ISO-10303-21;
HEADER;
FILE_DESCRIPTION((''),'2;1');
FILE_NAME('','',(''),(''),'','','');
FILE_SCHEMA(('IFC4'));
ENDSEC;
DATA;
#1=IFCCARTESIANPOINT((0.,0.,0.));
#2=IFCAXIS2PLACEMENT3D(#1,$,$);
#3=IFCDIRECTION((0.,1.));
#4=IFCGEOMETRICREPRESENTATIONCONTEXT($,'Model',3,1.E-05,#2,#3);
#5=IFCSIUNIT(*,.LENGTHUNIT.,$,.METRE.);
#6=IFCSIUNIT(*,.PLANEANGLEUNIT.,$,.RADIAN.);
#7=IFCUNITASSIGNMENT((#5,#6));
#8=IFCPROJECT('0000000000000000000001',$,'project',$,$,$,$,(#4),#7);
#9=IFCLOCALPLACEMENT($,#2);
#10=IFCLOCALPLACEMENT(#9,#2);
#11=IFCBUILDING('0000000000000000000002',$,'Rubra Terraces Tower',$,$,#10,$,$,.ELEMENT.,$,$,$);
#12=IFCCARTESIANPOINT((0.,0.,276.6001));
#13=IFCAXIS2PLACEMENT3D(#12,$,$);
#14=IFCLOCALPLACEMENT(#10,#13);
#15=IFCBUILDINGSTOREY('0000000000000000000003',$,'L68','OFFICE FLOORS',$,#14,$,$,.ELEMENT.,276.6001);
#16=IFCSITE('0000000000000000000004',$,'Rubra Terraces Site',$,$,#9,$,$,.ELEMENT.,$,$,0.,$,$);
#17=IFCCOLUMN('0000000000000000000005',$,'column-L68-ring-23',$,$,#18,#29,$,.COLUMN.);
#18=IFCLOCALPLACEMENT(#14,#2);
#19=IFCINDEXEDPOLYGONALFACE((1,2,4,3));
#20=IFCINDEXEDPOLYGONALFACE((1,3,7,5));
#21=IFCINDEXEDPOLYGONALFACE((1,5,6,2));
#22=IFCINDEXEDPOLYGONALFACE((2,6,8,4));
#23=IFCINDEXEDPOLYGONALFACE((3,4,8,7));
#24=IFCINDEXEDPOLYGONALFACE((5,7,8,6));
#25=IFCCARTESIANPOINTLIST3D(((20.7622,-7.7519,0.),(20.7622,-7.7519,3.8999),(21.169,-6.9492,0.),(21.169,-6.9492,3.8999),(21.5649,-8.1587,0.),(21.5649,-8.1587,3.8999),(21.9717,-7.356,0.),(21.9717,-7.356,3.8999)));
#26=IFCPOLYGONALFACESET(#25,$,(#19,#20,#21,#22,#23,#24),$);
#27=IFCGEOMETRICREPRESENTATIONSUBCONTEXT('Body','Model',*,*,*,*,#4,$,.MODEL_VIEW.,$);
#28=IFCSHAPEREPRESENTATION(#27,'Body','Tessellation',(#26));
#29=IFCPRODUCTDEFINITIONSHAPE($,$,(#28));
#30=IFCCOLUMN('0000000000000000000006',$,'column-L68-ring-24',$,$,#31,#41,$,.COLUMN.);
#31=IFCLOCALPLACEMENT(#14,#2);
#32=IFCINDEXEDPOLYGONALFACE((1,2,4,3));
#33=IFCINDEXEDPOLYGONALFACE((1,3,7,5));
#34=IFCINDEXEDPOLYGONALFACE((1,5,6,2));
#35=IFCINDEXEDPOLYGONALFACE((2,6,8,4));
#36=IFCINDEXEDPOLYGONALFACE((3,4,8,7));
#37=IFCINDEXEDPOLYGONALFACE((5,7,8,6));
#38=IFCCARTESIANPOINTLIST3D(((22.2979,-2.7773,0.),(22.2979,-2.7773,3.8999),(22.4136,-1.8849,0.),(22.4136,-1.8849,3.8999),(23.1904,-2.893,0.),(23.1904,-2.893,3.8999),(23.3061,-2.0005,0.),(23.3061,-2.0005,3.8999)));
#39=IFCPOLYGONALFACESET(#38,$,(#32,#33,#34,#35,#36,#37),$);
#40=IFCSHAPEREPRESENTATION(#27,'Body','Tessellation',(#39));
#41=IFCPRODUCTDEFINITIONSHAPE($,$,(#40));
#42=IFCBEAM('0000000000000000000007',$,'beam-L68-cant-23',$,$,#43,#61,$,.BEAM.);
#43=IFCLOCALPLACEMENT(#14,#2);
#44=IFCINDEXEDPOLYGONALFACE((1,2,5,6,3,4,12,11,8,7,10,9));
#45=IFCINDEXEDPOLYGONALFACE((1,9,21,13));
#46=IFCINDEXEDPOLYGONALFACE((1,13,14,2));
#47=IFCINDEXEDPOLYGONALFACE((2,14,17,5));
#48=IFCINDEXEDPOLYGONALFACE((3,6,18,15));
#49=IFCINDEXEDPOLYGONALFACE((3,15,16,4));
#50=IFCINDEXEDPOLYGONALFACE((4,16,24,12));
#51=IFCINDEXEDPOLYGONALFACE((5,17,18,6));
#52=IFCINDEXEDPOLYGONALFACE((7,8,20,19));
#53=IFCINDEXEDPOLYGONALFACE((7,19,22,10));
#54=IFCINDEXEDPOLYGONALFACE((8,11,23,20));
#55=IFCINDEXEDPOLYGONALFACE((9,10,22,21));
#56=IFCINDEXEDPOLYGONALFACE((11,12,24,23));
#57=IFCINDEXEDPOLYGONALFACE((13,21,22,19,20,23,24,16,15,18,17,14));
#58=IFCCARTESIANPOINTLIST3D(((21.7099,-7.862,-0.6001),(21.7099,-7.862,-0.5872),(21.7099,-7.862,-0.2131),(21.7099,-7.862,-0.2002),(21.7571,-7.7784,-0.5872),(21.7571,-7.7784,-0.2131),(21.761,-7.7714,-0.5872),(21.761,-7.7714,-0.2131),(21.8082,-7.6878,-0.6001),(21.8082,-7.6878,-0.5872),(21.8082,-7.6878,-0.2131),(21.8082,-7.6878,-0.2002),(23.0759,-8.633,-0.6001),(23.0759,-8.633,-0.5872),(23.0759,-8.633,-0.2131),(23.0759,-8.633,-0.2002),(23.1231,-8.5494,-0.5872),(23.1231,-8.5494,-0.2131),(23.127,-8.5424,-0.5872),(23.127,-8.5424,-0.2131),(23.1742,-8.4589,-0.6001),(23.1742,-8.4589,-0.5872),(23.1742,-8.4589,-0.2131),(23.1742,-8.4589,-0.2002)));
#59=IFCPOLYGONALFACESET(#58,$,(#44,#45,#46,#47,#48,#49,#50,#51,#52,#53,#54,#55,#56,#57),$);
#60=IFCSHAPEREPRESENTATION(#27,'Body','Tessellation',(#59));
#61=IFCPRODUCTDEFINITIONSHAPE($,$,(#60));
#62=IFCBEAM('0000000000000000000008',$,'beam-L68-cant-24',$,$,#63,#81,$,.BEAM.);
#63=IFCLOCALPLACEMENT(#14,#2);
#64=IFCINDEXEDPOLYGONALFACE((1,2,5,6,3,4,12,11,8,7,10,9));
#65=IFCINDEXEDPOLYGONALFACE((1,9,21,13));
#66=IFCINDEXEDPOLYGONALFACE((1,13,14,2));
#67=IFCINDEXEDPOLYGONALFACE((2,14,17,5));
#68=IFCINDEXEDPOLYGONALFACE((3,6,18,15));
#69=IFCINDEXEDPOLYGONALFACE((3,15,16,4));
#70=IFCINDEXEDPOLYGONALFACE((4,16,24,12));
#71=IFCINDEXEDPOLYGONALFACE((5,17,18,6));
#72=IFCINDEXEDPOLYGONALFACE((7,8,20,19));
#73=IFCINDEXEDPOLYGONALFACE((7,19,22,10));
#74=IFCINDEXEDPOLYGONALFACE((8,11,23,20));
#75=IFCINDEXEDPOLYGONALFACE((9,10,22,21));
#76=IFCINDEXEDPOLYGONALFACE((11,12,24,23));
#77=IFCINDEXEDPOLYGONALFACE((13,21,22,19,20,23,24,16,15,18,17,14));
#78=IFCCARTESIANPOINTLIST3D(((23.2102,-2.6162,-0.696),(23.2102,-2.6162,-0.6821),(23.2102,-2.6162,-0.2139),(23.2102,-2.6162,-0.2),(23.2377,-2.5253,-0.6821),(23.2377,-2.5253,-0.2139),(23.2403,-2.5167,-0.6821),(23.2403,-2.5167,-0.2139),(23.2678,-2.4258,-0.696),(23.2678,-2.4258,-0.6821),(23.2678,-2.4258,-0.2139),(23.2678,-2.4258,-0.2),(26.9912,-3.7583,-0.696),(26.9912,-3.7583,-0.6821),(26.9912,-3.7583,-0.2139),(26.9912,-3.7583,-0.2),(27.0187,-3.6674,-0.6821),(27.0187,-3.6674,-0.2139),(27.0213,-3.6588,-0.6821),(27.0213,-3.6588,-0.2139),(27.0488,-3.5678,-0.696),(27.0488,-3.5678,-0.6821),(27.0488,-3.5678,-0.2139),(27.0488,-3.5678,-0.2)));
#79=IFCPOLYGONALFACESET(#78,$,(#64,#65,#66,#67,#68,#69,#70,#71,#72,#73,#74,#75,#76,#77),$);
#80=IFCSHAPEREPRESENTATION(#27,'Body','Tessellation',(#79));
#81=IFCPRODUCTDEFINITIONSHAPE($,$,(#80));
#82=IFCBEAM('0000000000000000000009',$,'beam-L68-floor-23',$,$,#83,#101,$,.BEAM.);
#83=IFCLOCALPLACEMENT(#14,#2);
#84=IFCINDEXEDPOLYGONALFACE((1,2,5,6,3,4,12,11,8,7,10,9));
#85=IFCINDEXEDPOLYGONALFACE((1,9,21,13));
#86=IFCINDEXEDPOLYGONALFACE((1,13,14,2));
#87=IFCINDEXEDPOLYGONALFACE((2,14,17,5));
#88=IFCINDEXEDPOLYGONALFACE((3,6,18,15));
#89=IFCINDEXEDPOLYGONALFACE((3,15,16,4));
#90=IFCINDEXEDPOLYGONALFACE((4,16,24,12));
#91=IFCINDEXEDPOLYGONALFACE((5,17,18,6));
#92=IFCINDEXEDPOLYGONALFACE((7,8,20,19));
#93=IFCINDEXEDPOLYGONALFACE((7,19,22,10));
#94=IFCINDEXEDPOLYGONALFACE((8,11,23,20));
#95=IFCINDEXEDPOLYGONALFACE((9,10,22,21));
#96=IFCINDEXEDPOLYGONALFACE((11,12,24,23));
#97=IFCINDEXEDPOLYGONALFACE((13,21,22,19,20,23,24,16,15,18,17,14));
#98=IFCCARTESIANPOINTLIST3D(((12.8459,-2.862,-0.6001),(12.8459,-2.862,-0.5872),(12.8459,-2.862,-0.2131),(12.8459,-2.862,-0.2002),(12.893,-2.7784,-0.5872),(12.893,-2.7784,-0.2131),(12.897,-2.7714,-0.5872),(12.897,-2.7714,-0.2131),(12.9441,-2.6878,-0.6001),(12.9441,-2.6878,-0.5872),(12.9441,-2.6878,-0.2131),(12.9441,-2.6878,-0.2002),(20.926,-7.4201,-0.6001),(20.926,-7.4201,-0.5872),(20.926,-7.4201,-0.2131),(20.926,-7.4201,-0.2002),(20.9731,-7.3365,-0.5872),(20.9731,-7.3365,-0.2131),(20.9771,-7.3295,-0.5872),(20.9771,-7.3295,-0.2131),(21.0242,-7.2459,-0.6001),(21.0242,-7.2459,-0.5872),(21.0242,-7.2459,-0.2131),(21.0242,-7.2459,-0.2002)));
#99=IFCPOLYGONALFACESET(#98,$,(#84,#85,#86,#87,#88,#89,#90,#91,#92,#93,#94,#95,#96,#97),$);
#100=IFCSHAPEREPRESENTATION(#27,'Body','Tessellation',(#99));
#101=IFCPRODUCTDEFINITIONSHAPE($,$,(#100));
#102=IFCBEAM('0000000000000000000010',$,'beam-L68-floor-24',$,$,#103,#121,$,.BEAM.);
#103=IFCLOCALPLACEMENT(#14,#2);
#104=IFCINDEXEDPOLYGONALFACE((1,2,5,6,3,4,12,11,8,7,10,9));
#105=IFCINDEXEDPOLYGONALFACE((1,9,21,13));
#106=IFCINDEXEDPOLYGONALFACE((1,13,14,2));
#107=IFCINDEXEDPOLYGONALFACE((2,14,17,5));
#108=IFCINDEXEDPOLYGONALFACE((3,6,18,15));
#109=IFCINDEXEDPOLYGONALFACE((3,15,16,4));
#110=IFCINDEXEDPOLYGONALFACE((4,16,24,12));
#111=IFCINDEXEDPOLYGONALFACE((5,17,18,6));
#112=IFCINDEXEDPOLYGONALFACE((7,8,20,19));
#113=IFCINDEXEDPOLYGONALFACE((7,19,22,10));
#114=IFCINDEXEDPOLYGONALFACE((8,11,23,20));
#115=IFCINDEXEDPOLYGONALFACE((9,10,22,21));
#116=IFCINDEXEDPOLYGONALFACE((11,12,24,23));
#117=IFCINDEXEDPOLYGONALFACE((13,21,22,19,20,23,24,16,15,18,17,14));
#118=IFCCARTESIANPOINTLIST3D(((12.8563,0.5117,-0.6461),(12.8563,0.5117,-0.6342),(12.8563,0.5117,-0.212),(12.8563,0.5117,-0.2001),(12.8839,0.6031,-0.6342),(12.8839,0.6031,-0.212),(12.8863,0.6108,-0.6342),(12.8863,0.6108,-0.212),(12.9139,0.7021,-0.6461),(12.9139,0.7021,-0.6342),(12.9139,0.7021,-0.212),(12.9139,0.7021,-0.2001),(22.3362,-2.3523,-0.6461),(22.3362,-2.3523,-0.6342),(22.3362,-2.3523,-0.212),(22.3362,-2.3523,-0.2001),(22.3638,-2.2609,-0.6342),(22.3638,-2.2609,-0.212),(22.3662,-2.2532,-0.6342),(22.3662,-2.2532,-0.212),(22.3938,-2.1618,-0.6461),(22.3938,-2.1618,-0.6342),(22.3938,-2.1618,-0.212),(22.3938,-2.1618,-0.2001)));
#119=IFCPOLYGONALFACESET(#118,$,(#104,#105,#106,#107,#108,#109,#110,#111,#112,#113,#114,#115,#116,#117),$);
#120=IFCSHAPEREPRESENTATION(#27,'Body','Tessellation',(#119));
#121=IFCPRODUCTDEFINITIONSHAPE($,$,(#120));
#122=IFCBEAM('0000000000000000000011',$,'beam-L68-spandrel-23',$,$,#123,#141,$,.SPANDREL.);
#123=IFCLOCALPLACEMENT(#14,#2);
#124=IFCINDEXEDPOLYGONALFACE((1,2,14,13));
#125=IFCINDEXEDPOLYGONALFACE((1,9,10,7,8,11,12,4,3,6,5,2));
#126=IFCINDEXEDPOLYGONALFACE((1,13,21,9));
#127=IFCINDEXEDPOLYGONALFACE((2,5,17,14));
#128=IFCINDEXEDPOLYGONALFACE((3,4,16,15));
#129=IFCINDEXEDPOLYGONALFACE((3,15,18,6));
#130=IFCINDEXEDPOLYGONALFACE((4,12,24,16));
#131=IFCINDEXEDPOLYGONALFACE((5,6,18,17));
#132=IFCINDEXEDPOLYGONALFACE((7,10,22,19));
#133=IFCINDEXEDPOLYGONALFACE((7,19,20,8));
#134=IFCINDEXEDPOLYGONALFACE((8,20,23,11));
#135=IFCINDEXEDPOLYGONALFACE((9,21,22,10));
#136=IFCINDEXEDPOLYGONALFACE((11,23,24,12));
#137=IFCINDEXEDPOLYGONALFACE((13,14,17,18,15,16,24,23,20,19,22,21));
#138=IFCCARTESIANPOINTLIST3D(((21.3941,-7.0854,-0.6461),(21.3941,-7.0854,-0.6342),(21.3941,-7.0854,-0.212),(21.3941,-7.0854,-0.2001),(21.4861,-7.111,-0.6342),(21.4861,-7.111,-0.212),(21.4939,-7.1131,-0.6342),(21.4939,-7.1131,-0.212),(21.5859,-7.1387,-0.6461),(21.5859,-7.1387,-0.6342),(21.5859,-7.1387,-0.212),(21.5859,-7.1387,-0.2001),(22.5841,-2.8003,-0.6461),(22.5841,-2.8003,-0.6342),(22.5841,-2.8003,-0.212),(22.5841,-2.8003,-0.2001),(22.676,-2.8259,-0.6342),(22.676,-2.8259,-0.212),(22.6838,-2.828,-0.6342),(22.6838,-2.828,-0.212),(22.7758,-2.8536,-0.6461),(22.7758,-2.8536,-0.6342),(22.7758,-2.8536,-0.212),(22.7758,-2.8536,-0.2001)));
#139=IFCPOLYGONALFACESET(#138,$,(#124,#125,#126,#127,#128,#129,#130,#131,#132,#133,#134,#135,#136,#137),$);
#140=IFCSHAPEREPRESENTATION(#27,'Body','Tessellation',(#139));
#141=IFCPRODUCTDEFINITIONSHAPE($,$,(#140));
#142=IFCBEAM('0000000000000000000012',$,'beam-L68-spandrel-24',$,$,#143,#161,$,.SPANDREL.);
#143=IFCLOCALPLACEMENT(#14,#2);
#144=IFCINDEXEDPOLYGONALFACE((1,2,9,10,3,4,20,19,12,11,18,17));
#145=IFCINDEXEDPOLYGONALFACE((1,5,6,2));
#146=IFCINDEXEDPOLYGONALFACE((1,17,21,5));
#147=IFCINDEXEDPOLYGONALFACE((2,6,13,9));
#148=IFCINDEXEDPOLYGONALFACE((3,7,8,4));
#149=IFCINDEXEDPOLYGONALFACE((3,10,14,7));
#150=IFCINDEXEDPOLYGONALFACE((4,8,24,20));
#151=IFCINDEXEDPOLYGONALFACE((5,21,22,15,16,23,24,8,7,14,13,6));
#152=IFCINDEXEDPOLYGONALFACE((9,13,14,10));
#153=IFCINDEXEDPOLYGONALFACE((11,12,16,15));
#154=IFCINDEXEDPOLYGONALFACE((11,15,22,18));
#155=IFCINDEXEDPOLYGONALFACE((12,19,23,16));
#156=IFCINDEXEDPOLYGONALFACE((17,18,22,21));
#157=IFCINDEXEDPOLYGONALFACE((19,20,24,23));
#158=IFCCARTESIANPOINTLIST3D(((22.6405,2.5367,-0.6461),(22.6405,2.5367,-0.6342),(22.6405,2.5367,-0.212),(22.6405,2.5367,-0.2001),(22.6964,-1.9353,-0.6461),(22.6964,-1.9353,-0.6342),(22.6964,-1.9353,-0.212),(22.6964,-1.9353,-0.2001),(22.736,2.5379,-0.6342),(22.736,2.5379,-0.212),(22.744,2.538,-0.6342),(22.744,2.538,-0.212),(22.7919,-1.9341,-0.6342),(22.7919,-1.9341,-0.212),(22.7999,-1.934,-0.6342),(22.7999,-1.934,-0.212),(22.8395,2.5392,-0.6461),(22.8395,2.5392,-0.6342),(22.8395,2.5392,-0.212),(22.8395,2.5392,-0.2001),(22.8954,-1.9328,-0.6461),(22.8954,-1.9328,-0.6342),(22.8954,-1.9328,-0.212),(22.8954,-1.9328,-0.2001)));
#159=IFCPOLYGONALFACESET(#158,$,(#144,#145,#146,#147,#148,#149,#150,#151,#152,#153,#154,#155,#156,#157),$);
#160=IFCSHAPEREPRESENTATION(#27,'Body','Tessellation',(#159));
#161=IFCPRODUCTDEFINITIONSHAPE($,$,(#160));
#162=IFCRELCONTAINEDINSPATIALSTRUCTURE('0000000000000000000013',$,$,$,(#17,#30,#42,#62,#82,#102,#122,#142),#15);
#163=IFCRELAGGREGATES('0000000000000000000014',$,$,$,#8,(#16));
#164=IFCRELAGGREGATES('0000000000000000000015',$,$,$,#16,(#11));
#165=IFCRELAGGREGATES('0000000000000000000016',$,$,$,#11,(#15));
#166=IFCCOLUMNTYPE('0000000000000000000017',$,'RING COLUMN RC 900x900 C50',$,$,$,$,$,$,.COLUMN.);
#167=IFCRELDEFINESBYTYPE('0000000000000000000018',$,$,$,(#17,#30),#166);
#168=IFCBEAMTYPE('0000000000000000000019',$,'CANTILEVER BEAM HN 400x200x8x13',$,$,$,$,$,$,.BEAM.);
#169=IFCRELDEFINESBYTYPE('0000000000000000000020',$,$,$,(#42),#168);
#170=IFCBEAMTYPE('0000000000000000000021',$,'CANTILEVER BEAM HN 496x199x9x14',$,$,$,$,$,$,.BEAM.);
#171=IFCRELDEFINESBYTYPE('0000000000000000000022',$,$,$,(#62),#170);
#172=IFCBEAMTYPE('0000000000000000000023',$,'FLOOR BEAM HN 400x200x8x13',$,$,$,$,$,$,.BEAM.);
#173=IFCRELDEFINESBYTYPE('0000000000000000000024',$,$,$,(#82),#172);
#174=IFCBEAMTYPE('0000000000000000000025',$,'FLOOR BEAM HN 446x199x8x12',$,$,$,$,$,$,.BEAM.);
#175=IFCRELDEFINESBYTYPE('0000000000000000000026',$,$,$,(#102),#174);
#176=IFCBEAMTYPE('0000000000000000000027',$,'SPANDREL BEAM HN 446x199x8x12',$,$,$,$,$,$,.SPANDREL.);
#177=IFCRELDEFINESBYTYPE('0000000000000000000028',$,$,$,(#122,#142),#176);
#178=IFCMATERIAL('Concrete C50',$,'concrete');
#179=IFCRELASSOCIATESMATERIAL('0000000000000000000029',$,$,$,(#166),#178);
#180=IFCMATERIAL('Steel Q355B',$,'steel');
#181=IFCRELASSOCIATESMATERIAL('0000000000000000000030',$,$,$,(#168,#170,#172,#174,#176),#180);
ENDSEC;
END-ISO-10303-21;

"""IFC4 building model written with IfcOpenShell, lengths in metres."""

from ifc_helpers import new_model, si_unit, direction, frame, origin, origin_2d, place, context, subcontext, project, spatial, rectangle, i_section, extrude, material, material_profile, profile_set, type_object, element, save


model = new_model("IFC4")

# Units and contexts
model_context = context("Model", 3, precision=1e-05, world=origin(), true_north=direction((0.0, 1.0)))
body_context = subcontext(model_context, "Body", "Model", "MODEL_VIEW")
ifc_project = project(units=[si_unit("LENGTHUNIT", "METRE"), si_unit("PLANEANGLEUNIT", "RADIAN")], contexts=[model_context])

# Site, building, storey
site_placement = place(None, origin())
site = spatial("IfcSite", under=ifc_project, at=site_placement, Name="Rubra Terraces Site", CompositionType="ELEMENT", RefElevation=0.0)
building_placement = place(site_placement, origin())
building = spatial("IfcBuilding", under=site, at=building_placement, Name="Rubra Terraces Tower", CompositionType="ELEMENT")
storey_placement = place(building_placement, frame((0.0, 0.0, 276.6001)))
storey = spatial("IfcBuildingStorey", under=building, at=storey_placement, Name="L68", Description="OFFICE FLOORS", CompositionType="ELEMENT", Elevation=276.6001)

# Columns
ifc_material_1 = material(Name="Concrete C50", Category="concrete")
ifc_material_profile_1 = material_profile(ifc_material_1, rectangle(XDim=0.8999, YDim=0.8999, at=origin_2d()), Name="RC 900x900")
ifc_profile_set_1 = profile_set([ifc_material_profile_1], Name="Concrete C50")
column_type = type_object("IfcColumnType", Name="RING COLUMN RC 900x900 C50", PredefinedType="COLUMN", material=ifc_profile_set_1)
for number, where, z_axis, x_axis, name in (
    (1, (21.3669, -7.554, 0.0), (0.0, 0.0, 1.0), (0.452079, 0.891978, 0.0), "column-L68-ring-23"),
    (2, (22.802, -2.3889, 0.0), (0.0, 0.0, 1.0), (0.128535, 0.991705, 0.0), "column-L68-ring-24"),
):
    element("IfcColumn", number, at=place(storey_placement, frame(where, z_axis=z_axis, x_axis=x_axis)), inside=storey, type_object=column_type, Name=name, PredefinedType="COLUMN", context=body_context, shape_type="SweptSolid", body=[
        extrude(rectangle(XDim=0.8999, YDim=0.8999, at=origin_2d()), origin(), (0.0, 0.0, 1.0), 3.8999),
    ])

# Beams
ifc_material_2 = material(Name="Steel Q355B", Category="steel")
ifc_material_profile_2 = material_profile(ifc_material_2, i_section(OverallWidth=0.2, OverallDepth=0.3999, WebThickness=0.0081, FlangeThickness=0.0129, at=origin_2d()), Name="HN 400x200x8x13")
ifc_profile_set_2 = profile_set([ifc_material_profile_2], Name="Steel Q355B")
beam_type_1 = type_object("IfcBeamType", Name="CANTILEVER BEAM HN 400x200x8x13", PredefinedType="BEAM", material=ifc_profile_set_2)
beam_1_placement = place(storey_placement, frame((21.759, -7.7749, -0.4001), z_axis=(0.870855, -0.491539, 0.0), x_axis=(0.491539, 0.870855, 0.0)))
element("IfcBeam", 3, at=beam_1_placement, inside=storey, type_object=beam_type_1, Name="beam-L68-cant-23", PredefinedType="BEAM", context=body_context, shape_type="SweptSolid", body=[
    extrude(i_section(OverallWidth=0.2, OverallDepth=0.3999, WebThickness=0.0081, FlangeThickness=0.0129, at=origin_2d()), origin(), (0.0, 0.0, 1.0), 1.5686),
])
ifc_material_profile_3 = material_profile(ifc_material_2, i_section(OverallWidth=0.199, OverallDepth=0.4961, WebThickness=0.009, FlangeThickness=0.0139, at=origin_2d()), Name="HN 496x199x9x14")
ifc_profile_set_3 = profile_set([ifc_material_profile_3], Name="Steel Q355B")
beam_type_2 = type_object("IfcBeamType", Name="CANTILEVER BEAM HN 496x199x9x14", PredefinedType="BEAM", material=ifc_profile_set_3)
beam_2_placement = place(storey_placement, frame((23.239, -2.521, -0.448), z_axis=(0.957282, -0.289156, 0.0), x_axis=(0.289156, 0.957282, 0.0)))
element("IfcBeam", 4, at=beam_2_placement, inside=storey, type_object=beam_type_2, Name="beam-L68-cant-24", PredefinedType="BEAM", context=body_context, shape_type="SweptSolid", body=[
    extrude(i_section(OverallWidth=0.199, OverallDepth=0.4961, WebThickness=0.009, FlangeThickness=0.0139, at=origin_2d()), origin(), (0.0, 0.0, 1.0), 3.9497),
])
ifc_material_profile_4 = material_profile(ifc_material_2, i_section(OverallWidth=0.2, OverallDepth=0.3999, WebThickness=0.0081, FlangeThickness=0.0129, at=origin_2d()), Name="HN 400x200x8x13")
ifc_profile_set_4 = profile_set([ifc_material_profile_4], Name="Steel Q355B")
beam_type_3 = type_object("IfcBeamType", Name="FLOOR BEAM HN 400x200x8x13", PredefinedType="BEAM", material=ifc_profile_set_4)
beam_3_placement = place(storey_placement, frame((20.9751, -7.333, -0.4001), z_axis=(-0.870973, 0.49133, 0.0), x_axis=(-0.49133, -0.870973, 0.0)))
element("IfcBeam", 5, at=beam_3_placement, inside=storey, type_object=beam_type_3, Name="beam-L68-floor-23", PredefinedType="BEAM", context=body_context, shape_type="SweptSolid", body=[
    extrude(i_section(OverallWidth=0.2, OverallDepth=0.3999, WebThickness=0.0081, FlangeThickness=0.0129, at=origin_2d()), origin(), (0.0, 0.0, 1.0), 9.2771),
])
ifc_material_profile_5 = material_profile(ifc_material_2, i_section(OverallWidth=0.199, OverallDepth=0.446, WebThickness=0.0081, FlangeThickness=0.012, at=origin_2d()), Name="HN 446x199x8x12")
ifc_profile_set_5 = profile_set([ifc_material_profile_5], Name="Steel Q355B")
beam_type_4 = type_object("IfcBeamType", Name="FLOOR BEAM HN 446x199x8x12", PredefinedType="BEAM", material=ifc_profile_set_5)
beam_4_placement = place(storey_placement, frame((22.365, -2.2571, -0.4231), z_axis=(-0.957268, 0.289202, 0.0), x_axis=(-0.289202, -0.957268, 0.0)))
element("IfcBeam", 6, at=beam_4_placement, inside=storey, type_object=beam_type_4, Name="beam-L68-floor-24", PredefinedType="BEAM", context=body_context, shape_type="SweptSolid", body=[
    extrude(i_section(OverallWidth=0.199, OverallDepth=0.446, WebThickness=0.0081, FlangeThickness=0.012, at=origin_2d()), origin(), (0.0, 0.0, 1.0), 9.9031),
])
ifc_material_profile_6 = material_profile(ifc_material_2, i_section(OverallWidth=0.199, OverallDepth=0.446, WebThickness=0.0081, FlangeThickness=0.012, at=origin_2d()), Name="HN 446x199x8x12")
ifc_profile_set_6 = profile_set([ifc_material_profile_6], Name="Steel Q355B")
beam_type_5 = type_object("IfcBeamType", Name="SPANDREL BEAM HN 446x199x8x12", PredefinedType="SPANDREL", material=ifc_profile_set_6)
beam_5_placement = place(storey_placement, frame((21.49, -7.1121, -0.4231), z_axis=(0.267565, 0.96354, 0.0), x_axis=(-0.96354, 0.267565, 0.0)))
element("IfcBeam", 7, at=beam_5_placement, inside=storey, type_object=beam_type_5, Name="beam-L68-spandrel-23", PredefinedType="SPANDREL", context=body_context, shape_type="SweptSolid", body=[
    extrude(i_section(OverallWidth=0.199, OverallDepth=0.446, WebThickness=0.0081, FlangeThickness=0.012, at=origin_2d()), origin(), (0.0, 0.0, 1.0), 4.4473),
])
beam_6_placement = place(storey_placement, frame((22.7959, -1.9341, -0.4231), z_axis=(-0.0125, 0.999922, 0.0), x_axis=(-0.999922, -0.0125, 0.0)))
element("IfcBeam", 8, at=beam_6_placement, inside=storey, type_object=beam_type_5, Name="beam-L68-spandrel-24", PredefinedType="SPANDREL", context=body_context, shape_type="SweptSolid", body=[
    extrude(i_section(OverallWidth=0.199, OverallDepth=0.446, WebThickness=0.0081, FlangeThickness=0.012, at=origin_2d()), origin(), (0.0, 0.0, 1.0), 4.4724),
])

save(model, "model.ifc")
